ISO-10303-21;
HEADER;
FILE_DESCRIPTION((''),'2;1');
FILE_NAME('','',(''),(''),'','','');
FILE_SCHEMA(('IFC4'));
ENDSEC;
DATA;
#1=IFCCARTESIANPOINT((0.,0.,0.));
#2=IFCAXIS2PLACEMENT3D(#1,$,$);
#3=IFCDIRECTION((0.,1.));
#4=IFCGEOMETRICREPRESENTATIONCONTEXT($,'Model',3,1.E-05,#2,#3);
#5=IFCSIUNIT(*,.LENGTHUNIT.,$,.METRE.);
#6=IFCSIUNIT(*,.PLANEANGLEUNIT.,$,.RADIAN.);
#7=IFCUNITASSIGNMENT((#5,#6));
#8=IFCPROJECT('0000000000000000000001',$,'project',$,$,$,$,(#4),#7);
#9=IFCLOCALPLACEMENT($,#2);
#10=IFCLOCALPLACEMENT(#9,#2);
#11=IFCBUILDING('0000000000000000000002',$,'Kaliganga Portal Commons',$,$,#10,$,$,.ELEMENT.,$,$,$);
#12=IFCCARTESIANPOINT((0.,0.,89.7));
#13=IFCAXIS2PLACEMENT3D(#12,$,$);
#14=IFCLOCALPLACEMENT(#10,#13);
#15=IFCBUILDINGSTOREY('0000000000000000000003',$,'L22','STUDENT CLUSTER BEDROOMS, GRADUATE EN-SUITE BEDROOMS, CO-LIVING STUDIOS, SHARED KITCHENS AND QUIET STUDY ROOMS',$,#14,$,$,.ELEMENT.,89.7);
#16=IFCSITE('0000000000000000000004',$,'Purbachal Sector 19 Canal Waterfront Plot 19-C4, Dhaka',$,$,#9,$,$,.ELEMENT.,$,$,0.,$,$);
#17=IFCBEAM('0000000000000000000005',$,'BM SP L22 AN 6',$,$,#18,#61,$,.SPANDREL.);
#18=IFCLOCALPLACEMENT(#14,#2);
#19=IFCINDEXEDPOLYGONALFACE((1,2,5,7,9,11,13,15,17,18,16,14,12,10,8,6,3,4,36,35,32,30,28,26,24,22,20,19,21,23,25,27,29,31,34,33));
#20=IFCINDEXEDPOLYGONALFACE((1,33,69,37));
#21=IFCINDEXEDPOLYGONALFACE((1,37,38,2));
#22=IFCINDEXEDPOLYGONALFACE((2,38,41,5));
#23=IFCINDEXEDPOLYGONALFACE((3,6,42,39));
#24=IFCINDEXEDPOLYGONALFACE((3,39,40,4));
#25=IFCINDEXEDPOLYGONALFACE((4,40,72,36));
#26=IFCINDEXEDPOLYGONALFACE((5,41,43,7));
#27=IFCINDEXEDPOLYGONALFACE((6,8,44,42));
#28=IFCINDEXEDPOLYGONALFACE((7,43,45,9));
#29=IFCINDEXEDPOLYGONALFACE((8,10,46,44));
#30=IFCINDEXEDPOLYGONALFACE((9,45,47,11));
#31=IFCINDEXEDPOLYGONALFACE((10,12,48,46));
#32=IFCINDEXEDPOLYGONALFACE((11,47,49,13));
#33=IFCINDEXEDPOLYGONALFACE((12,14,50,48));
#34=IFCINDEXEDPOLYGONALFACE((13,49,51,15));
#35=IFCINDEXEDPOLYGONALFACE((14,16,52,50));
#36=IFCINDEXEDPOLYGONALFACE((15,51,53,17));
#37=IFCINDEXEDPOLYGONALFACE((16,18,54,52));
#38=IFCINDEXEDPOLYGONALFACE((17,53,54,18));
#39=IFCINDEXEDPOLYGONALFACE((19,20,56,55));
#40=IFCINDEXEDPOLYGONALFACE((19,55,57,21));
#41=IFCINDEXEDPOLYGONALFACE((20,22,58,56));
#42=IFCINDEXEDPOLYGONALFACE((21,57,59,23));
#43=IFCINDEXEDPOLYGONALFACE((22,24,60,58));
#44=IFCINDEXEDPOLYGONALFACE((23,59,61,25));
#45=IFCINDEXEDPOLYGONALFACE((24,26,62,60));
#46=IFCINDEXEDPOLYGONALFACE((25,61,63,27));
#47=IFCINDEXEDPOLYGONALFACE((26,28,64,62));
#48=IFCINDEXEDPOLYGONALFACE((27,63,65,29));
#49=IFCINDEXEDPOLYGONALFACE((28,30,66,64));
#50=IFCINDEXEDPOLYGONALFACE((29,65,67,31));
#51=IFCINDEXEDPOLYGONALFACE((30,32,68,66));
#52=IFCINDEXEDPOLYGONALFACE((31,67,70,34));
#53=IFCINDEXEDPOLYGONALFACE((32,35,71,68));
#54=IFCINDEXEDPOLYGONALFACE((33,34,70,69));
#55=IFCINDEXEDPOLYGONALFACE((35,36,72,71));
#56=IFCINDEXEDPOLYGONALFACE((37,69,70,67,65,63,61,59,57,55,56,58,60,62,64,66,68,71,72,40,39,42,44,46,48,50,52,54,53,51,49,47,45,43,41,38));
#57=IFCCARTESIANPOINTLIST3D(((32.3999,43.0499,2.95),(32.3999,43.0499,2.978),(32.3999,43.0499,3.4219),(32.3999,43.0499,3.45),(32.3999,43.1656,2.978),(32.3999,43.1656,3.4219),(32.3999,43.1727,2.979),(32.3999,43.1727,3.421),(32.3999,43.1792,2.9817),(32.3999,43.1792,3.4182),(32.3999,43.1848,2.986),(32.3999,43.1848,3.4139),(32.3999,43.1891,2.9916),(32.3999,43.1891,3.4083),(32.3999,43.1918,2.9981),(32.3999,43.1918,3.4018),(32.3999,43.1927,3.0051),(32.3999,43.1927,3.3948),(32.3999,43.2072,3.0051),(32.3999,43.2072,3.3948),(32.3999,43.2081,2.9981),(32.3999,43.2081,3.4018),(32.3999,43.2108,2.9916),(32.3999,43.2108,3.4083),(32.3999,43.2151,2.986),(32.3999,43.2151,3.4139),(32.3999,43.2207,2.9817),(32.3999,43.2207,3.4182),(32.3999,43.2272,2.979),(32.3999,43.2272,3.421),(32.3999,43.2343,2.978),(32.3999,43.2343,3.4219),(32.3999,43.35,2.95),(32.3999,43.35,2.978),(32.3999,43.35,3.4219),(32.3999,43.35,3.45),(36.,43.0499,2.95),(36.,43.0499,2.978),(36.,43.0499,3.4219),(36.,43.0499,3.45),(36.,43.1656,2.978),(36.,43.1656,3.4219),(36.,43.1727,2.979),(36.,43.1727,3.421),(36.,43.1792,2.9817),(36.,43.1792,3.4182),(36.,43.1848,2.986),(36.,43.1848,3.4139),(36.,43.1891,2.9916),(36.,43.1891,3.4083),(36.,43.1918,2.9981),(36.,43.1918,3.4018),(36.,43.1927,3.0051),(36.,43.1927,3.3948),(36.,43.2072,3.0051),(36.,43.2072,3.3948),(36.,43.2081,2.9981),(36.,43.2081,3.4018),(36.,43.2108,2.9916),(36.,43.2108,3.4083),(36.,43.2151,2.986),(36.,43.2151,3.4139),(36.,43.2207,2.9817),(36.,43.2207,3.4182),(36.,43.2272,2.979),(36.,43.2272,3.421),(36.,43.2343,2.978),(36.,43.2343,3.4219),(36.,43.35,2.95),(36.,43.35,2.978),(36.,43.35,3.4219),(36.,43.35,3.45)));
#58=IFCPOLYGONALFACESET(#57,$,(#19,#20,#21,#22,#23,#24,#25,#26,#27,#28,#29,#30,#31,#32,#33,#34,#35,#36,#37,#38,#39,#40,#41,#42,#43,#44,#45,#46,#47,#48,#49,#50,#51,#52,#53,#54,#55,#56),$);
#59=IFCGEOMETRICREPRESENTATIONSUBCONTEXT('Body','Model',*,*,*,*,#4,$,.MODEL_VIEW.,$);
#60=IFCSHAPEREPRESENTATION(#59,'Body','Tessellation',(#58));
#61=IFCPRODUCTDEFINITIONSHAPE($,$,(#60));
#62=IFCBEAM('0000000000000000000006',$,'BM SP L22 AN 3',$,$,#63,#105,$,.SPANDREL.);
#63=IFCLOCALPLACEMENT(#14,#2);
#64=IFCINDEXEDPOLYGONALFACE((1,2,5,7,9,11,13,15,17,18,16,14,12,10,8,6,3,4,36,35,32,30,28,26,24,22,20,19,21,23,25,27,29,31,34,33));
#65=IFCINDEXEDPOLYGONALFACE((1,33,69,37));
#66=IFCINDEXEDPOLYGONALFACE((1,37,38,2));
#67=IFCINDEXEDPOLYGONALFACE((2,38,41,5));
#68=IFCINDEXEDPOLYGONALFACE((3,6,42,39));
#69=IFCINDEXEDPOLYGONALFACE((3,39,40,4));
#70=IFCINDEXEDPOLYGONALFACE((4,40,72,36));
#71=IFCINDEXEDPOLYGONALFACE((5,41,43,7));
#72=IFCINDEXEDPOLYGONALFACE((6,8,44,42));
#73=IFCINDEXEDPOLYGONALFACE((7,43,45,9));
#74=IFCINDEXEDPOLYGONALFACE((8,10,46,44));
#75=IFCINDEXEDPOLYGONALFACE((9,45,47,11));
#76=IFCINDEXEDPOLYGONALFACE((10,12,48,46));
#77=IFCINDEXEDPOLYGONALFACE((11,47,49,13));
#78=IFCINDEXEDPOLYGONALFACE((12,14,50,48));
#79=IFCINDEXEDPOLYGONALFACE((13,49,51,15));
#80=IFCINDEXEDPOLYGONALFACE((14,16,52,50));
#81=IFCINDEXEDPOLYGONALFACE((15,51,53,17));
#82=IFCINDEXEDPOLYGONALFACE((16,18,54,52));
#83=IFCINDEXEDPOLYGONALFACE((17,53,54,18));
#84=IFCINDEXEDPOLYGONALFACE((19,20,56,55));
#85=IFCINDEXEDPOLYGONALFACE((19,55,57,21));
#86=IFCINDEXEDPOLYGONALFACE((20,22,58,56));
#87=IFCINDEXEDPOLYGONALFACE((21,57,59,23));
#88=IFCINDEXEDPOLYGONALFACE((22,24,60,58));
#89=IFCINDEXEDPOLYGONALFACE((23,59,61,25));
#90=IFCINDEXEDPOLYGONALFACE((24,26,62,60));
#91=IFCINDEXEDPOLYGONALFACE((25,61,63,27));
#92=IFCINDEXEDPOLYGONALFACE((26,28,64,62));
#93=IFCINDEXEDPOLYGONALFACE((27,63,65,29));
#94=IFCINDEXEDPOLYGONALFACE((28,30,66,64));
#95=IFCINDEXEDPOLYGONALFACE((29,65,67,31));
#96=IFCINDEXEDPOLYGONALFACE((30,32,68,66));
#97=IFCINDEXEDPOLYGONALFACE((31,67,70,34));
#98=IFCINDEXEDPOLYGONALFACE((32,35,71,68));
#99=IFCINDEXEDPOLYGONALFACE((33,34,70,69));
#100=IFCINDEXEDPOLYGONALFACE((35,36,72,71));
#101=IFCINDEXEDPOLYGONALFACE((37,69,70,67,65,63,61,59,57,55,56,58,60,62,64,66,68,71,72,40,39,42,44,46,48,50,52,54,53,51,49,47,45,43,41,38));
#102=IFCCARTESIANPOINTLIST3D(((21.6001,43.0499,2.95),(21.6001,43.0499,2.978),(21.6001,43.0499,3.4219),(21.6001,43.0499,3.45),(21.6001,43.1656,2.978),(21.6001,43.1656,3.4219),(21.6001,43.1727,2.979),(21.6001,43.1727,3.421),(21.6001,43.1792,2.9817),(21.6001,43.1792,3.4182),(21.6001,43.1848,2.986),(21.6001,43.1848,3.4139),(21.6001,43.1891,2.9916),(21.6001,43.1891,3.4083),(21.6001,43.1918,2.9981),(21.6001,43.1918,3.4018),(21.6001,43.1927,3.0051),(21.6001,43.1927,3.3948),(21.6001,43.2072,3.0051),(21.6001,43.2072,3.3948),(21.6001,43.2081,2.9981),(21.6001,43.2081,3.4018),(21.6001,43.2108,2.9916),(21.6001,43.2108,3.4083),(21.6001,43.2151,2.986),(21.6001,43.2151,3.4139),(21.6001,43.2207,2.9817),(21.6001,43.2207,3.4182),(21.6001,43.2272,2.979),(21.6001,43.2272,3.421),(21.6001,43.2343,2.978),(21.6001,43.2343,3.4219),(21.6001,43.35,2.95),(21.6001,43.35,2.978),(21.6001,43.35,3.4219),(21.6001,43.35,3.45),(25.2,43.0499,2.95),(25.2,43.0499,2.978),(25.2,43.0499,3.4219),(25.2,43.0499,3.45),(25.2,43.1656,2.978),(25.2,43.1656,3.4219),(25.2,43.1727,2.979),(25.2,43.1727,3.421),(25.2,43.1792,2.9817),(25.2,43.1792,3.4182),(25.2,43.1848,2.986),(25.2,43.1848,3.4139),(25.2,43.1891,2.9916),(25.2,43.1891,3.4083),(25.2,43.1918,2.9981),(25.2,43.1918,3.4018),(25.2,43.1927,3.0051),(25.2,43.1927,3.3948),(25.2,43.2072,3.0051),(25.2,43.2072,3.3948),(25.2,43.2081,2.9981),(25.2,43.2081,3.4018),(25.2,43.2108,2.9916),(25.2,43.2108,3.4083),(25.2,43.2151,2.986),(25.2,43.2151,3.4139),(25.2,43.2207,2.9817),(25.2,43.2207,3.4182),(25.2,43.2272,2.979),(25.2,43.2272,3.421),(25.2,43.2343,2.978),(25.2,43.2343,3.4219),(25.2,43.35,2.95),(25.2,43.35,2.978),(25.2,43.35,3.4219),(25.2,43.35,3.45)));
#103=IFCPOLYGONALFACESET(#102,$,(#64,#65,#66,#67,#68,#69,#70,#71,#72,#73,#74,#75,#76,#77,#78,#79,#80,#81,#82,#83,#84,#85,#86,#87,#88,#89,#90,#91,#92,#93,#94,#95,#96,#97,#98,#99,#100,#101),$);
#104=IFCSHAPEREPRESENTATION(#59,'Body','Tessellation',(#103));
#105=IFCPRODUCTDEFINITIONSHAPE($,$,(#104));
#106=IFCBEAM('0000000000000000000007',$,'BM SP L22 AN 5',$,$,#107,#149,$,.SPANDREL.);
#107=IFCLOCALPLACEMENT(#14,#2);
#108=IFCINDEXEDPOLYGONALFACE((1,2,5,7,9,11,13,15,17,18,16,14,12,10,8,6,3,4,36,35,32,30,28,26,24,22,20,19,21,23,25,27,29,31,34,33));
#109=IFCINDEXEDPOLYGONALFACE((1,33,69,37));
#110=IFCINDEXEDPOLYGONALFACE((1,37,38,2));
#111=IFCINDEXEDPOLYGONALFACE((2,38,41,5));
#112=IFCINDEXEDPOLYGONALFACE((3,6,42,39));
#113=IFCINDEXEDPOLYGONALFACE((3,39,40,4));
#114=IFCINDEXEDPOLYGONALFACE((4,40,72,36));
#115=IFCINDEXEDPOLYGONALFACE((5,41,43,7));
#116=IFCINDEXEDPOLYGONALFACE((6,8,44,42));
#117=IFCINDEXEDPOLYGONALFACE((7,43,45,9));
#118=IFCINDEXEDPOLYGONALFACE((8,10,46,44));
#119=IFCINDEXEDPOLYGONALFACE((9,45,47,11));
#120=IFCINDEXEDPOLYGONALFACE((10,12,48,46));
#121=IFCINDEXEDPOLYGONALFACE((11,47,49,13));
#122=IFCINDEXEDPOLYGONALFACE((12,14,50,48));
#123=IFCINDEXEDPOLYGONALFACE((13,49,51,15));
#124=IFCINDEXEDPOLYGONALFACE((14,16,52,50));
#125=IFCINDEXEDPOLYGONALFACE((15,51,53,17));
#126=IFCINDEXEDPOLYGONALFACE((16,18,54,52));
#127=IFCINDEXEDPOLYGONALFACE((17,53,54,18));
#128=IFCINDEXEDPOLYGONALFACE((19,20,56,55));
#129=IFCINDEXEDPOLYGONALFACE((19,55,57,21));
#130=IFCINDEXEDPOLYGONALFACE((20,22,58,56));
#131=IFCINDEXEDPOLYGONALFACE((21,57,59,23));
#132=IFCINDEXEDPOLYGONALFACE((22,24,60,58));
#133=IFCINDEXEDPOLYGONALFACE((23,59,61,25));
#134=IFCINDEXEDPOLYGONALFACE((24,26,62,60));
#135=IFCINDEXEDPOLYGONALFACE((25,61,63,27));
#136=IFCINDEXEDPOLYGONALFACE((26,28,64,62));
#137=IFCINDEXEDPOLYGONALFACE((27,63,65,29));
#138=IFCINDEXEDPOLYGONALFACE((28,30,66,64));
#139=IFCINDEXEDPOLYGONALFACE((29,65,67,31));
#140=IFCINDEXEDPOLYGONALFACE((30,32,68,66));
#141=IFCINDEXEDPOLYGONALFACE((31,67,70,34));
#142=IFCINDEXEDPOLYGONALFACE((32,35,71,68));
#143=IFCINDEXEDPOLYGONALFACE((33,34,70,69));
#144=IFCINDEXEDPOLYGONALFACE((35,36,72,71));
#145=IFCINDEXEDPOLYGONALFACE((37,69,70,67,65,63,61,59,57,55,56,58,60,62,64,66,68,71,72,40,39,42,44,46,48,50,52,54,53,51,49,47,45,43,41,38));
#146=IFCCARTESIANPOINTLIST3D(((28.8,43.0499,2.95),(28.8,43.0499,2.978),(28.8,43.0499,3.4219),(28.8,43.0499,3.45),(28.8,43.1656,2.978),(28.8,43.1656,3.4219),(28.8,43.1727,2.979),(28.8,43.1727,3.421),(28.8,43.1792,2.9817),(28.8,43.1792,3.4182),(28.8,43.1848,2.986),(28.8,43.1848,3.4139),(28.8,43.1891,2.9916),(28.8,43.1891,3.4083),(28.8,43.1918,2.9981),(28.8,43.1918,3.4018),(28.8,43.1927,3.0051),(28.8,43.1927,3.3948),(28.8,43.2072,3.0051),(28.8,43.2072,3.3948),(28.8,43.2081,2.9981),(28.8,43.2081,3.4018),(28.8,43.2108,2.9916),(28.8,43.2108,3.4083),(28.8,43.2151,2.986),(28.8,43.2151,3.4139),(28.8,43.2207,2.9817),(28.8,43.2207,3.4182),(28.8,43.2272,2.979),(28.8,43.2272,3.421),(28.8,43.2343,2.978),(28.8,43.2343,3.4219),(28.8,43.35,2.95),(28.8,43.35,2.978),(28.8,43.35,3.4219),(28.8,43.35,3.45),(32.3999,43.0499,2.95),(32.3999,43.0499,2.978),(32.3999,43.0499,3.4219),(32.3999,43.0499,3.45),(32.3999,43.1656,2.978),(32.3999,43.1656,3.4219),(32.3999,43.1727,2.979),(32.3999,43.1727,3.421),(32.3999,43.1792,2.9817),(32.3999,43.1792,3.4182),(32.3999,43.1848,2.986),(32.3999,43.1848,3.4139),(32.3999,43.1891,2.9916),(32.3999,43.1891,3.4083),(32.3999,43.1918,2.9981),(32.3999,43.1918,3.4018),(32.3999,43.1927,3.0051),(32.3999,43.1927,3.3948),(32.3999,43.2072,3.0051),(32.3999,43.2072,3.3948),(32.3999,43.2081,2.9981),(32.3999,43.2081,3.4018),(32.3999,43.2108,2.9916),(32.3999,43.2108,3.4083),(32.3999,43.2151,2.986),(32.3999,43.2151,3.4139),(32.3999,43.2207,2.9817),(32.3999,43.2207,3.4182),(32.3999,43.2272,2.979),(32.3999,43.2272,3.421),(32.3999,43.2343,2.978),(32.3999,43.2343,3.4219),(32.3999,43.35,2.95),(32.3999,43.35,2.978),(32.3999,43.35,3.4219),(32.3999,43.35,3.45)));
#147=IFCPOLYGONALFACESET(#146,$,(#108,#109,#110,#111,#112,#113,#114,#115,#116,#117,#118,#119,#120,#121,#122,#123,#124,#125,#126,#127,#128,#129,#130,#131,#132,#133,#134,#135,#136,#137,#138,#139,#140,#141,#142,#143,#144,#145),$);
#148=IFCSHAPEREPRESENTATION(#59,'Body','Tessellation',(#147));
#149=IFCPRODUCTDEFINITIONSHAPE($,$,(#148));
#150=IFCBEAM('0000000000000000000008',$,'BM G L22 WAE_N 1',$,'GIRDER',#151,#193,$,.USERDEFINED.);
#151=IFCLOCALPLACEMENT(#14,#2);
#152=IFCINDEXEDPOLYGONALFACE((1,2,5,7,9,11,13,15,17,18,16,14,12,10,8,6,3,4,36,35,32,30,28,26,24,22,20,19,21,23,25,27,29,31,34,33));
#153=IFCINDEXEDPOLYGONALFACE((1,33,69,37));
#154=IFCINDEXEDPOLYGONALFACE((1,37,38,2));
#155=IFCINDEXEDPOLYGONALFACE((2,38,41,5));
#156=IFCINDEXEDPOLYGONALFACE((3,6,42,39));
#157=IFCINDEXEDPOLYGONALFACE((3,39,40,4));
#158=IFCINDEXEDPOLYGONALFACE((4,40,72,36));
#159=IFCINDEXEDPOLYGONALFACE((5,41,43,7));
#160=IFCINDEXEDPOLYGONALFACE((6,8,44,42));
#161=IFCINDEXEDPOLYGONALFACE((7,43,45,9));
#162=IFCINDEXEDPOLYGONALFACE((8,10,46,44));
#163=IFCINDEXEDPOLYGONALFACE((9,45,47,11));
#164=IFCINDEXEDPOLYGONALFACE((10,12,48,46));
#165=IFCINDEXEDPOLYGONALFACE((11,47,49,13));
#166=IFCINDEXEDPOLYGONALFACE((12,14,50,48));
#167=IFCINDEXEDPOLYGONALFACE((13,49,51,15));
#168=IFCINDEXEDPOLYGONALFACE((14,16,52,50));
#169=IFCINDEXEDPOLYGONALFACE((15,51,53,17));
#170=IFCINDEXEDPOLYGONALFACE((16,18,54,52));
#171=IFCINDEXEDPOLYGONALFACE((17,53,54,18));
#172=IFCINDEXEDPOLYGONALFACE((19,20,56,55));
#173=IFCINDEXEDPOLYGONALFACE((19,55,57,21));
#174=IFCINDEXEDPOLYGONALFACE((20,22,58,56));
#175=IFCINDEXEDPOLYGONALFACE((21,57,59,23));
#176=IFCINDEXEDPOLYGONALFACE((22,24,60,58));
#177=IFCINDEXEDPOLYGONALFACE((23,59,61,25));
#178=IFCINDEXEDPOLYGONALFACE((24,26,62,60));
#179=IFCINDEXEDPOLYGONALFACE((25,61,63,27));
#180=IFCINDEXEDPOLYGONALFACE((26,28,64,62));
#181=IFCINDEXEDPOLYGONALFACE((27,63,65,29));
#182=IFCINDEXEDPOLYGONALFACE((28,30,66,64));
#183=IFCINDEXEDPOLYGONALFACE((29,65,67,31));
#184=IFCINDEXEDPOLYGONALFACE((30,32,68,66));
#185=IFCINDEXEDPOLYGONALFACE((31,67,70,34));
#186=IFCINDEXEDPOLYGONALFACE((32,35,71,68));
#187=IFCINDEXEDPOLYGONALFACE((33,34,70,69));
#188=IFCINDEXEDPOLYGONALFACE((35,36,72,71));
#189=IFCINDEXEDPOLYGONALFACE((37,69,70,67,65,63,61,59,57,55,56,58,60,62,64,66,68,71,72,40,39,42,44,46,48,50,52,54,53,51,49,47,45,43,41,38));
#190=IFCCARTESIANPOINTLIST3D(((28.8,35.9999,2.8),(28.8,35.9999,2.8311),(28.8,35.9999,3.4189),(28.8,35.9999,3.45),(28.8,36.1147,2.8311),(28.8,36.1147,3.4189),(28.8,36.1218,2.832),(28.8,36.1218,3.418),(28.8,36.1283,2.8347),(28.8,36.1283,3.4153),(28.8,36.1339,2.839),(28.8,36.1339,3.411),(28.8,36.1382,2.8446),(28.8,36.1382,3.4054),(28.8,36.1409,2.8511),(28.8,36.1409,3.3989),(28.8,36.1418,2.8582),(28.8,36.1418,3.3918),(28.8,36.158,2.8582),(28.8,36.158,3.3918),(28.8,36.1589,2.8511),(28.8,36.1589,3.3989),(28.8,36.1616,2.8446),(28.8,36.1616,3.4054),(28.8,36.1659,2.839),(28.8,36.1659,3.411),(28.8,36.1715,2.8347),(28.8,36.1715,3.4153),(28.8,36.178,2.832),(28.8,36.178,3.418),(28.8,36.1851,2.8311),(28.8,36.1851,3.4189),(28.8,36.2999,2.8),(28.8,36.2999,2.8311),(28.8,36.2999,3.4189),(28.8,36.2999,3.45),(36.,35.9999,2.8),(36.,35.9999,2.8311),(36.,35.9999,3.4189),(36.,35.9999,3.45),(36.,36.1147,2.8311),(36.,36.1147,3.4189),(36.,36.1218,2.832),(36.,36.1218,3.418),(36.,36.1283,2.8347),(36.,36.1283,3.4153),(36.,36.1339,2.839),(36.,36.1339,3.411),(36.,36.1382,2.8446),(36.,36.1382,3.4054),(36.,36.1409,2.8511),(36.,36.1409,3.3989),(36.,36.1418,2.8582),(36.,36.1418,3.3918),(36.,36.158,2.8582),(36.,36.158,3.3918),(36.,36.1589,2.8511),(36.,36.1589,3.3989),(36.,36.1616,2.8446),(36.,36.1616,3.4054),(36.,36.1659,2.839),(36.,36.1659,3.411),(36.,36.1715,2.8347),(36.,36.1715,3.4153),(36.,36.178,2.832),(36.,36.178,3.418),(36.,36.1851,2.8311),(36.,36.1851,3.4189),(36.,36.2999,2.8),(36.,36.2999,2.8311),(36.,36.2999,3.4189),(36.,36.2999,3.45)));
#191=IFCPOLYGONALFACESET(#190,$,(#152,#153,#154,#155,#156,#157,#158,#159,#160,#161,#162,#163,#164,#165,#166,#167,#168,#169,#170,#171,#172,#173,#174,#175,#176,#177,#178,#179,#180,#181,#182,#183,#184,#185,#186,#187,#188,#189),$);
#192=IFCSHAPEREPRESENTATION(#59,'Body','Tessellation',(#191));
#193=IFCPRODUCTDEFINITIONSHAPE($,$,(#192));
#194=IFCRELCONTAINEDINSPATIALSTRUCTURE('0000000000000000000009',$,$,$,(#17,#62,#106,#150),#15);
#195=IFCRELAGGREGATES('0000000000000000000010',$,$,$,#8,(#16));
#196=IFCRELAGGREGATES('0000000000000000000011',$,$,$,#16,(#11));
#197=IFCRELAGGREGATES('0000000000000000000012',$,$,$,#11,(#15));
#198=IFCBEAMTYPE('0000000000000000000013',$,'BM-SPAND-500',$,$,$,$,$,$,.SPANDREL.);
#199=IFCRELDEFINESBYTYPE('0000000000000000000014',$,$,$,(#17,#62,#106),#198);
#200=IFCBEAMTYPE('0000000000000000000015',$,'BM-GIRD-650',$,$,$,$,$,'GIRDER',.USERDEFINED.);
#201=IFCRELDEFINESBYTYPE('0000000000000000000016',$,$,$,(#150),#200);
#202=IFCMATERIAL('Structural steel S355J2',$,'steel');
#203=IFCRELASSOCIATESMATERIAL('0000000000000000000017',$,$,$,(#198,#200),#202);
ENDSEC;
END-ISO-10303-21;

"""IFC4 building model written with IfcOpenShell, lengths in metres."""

from ifc_helpers import new_model, si_unit, direction, frame, origin, origin_2d, place, context, subcontext, project, spatial, i_section, extrude, source, transform, mapped, material, material_profile, profile_set, type_object, element, save


model = new_model("IFC4")

# Units and contexts
model_context = context("Model", 3, precision=1e-05, world=origin(), true_north=direction((0.0, 1.0)))
body_context = subcontext(model_context, "Body", "Model", "MODEL_VIEW")
ifc_project = project(units=[si_unit("LENGTHUNIT", "METRE"), si_unit("PLANEANGLEUNIT", "RADIAN")], contexts=[model_context])

# Site, building, storey
site_placement = place(None, origin())
site = spatial("IfcSite", under=ifc_project, at=site_placement, Name="Purbachal Sector 19 Canal Waterfront Plot 19-C4, Dhaka", CompositionType="ELEMENT", RefElevation=0.0)
building_placement = place(site_placement, origin())
building = spatial("IfcBuilding", under=site, at=building_placement, Name="Kaliganga Portal Commons", CompositionType="ELEMENT")
storey_placement = place(building_placement, frame((0.0, 0.0, 89.7)))
storey = spatial("IfcBuildingStorey", under=building, at=storey_placement, Name="L22", Description="STUDENT CLUSTER BEDROOMS, GRADUATE EN-SUITE BEDROOMS, CO-LIVING STUDIOS, SHARED KITCHENS AND QUIET STUDY ROOMS", CompositionType="ELEMENT", Elevation=89.7)

# Beams
ifc_material_1 = material(Name="Structural steel S355J2", Category="steel")
ifc_material_profile_1 = material_profile(ifc_material_1, i_section(OverallWidth=0.3, OverallDepth=0.5, WebThickness=0.0144, FlangeThickness=0.0281, FilletRadius=0.0271, at=origin_2d()), Name="HE 500 B")
ifc_profile_set_1 = profile_set([ifc_material_profile_1], Name="Structural steel S355J2 wide-flange")
beam_type_1 = type_object("IfcBeamType", Name="BM-SPAND-500", PredefinedType="SPANDREL", material=ifc_profile_set_1)
shared_shape_1 = source(origin(), body_context, "Body", "SweptSolid", [
    extrude(i_section(OverallWidth=0.3, OverallDepth=0.5, WebThickness=0.0144, FlangeThickness=0.0281, FilletRadius=0.0271, at=origin_2d()), origin(), (0.0, 0.0, 1.0), 3.6001),
])
for number, where, z_axis, x_axis, name in (
    (1, (32.3999, 43.2, 3.2), (1.0, 0.0, 0.0), (0.0, 1.0, 0.0), "BM SP L22 AN 6"),
):
    element("IfcBeam", number, at=place(storey_placement, frame(where, z_axis=z_axis, x_axis=x_axis)), inside=storey, type_object=beam_type_1, Name=name, PredefinedType="SPANDREL", context=body_context, shape_type="MappedRepresentation", body=[
        mapped(shared_shape_1, transform((0.0, 0.0, 0.0), x_axis=(1.0, 0.0, 0.0), y_axis=(0.0, 1.0, 0.0), z_axis=(0.0, 0.0, 1.0), scale=1.0)),
    ])
shared_shape_2 = source(origin(), body_context, "Body", "SweptSolid", [
    extrude(i_section(OverallWidth=0.3, OverallDepth=0.5, WebThickness=0.0144, FlangeThickness=0.0281, FilletRadius=0.0271, at=origin_2d()), origin(), (0.0, 0.0, 1.0), 3.5999),
])
for number, where, z_axis, x_axis, name in (
    (2, (21.6001, 43.2, 3.2), (1.0, 0.0, 0.0), (0.0, 1.0, 0.0), "BM SP L22 AN 3"),
    (3, (28.8, 43.2, 3.2), (1.0, 0.0, 0.0), (0.0, 1.0, 0.0), "BM SP L22 AN 5"),
):
    element("IfcBeam", number, at=place(storey_placement, frame(where, z_axis=z_axis, x_axis=x_axis)), inside=storey, type_object=beam_type_1, Name=name, PredefinedType="SPANDREL", context=body_context, shape_type="MappedRepresentation", body=[
        mapped(shared_shape_2, transform((0.0, 0.0, 0.0), x_axis=(1.0, 0.0, 0.0), y_axis=(0.0, 1.0, 0.0), z_axis=(0.0, 0.0, 1.0), scale=1.0)),
    ])
ifc_material_profile_2 = material_profile(ifc_material_1, i_section(OverallWidth=0.3, OverallDepth=0.6499, WebThickness=0.0161, FlangeThickness=0.031, FilletRadius=0.0271, at=origin_2d()), Name="HE 650 B")
ifc_profile_set_2 = profile_set([ifc_material_profile_2], Name="Structural steel S355J2 wide-flange")
beam_type_2 = type_object("IfcBeamType", Name="BM-GIRD-650", ElementType="GIRDER", PredefinedType="USERDEFINED", material=ifc_profile_set_2)
shared_shape_3 = source(origin(), body_context, "Body", "SweptSolid", [
    extrude(i_section(OverallWidth=0.3, OverallDepth=0.6499, WebThickness=0.0161, FlangeThickness=0.031, FilletRadius=0.0271, at=origin_2d()), origin(), (0.0, 0.0, 1.0), 7.2),
])
beam_1_placement = place(storey_placement, frame((28.8, 36.1499, 3.125), z_axis=(1.0, 0.0, 0.0), x_axis=(0.0, 1.0, 0.0)))
element("IfcBeam", 4, at=beam_1_placement, inside=storey, type_object=beam_type_2, Name="BM G L22 WAE_N 1", ObjectType="GIRDER", PredefinedType="USERDEFINED", context=body_context, shape_type="MappedRepresentation", body=[
    mapped(shared_shape_3, transform((0.0, 0.0, 0.0), x_axis=(1.0, 0.0, 0.0), y_axis=(0.0, 1.0, 0.0), z_axis=(0.0, 0.0, 1.0), scale=1.0)),
])

save(model, "model.ifc")
